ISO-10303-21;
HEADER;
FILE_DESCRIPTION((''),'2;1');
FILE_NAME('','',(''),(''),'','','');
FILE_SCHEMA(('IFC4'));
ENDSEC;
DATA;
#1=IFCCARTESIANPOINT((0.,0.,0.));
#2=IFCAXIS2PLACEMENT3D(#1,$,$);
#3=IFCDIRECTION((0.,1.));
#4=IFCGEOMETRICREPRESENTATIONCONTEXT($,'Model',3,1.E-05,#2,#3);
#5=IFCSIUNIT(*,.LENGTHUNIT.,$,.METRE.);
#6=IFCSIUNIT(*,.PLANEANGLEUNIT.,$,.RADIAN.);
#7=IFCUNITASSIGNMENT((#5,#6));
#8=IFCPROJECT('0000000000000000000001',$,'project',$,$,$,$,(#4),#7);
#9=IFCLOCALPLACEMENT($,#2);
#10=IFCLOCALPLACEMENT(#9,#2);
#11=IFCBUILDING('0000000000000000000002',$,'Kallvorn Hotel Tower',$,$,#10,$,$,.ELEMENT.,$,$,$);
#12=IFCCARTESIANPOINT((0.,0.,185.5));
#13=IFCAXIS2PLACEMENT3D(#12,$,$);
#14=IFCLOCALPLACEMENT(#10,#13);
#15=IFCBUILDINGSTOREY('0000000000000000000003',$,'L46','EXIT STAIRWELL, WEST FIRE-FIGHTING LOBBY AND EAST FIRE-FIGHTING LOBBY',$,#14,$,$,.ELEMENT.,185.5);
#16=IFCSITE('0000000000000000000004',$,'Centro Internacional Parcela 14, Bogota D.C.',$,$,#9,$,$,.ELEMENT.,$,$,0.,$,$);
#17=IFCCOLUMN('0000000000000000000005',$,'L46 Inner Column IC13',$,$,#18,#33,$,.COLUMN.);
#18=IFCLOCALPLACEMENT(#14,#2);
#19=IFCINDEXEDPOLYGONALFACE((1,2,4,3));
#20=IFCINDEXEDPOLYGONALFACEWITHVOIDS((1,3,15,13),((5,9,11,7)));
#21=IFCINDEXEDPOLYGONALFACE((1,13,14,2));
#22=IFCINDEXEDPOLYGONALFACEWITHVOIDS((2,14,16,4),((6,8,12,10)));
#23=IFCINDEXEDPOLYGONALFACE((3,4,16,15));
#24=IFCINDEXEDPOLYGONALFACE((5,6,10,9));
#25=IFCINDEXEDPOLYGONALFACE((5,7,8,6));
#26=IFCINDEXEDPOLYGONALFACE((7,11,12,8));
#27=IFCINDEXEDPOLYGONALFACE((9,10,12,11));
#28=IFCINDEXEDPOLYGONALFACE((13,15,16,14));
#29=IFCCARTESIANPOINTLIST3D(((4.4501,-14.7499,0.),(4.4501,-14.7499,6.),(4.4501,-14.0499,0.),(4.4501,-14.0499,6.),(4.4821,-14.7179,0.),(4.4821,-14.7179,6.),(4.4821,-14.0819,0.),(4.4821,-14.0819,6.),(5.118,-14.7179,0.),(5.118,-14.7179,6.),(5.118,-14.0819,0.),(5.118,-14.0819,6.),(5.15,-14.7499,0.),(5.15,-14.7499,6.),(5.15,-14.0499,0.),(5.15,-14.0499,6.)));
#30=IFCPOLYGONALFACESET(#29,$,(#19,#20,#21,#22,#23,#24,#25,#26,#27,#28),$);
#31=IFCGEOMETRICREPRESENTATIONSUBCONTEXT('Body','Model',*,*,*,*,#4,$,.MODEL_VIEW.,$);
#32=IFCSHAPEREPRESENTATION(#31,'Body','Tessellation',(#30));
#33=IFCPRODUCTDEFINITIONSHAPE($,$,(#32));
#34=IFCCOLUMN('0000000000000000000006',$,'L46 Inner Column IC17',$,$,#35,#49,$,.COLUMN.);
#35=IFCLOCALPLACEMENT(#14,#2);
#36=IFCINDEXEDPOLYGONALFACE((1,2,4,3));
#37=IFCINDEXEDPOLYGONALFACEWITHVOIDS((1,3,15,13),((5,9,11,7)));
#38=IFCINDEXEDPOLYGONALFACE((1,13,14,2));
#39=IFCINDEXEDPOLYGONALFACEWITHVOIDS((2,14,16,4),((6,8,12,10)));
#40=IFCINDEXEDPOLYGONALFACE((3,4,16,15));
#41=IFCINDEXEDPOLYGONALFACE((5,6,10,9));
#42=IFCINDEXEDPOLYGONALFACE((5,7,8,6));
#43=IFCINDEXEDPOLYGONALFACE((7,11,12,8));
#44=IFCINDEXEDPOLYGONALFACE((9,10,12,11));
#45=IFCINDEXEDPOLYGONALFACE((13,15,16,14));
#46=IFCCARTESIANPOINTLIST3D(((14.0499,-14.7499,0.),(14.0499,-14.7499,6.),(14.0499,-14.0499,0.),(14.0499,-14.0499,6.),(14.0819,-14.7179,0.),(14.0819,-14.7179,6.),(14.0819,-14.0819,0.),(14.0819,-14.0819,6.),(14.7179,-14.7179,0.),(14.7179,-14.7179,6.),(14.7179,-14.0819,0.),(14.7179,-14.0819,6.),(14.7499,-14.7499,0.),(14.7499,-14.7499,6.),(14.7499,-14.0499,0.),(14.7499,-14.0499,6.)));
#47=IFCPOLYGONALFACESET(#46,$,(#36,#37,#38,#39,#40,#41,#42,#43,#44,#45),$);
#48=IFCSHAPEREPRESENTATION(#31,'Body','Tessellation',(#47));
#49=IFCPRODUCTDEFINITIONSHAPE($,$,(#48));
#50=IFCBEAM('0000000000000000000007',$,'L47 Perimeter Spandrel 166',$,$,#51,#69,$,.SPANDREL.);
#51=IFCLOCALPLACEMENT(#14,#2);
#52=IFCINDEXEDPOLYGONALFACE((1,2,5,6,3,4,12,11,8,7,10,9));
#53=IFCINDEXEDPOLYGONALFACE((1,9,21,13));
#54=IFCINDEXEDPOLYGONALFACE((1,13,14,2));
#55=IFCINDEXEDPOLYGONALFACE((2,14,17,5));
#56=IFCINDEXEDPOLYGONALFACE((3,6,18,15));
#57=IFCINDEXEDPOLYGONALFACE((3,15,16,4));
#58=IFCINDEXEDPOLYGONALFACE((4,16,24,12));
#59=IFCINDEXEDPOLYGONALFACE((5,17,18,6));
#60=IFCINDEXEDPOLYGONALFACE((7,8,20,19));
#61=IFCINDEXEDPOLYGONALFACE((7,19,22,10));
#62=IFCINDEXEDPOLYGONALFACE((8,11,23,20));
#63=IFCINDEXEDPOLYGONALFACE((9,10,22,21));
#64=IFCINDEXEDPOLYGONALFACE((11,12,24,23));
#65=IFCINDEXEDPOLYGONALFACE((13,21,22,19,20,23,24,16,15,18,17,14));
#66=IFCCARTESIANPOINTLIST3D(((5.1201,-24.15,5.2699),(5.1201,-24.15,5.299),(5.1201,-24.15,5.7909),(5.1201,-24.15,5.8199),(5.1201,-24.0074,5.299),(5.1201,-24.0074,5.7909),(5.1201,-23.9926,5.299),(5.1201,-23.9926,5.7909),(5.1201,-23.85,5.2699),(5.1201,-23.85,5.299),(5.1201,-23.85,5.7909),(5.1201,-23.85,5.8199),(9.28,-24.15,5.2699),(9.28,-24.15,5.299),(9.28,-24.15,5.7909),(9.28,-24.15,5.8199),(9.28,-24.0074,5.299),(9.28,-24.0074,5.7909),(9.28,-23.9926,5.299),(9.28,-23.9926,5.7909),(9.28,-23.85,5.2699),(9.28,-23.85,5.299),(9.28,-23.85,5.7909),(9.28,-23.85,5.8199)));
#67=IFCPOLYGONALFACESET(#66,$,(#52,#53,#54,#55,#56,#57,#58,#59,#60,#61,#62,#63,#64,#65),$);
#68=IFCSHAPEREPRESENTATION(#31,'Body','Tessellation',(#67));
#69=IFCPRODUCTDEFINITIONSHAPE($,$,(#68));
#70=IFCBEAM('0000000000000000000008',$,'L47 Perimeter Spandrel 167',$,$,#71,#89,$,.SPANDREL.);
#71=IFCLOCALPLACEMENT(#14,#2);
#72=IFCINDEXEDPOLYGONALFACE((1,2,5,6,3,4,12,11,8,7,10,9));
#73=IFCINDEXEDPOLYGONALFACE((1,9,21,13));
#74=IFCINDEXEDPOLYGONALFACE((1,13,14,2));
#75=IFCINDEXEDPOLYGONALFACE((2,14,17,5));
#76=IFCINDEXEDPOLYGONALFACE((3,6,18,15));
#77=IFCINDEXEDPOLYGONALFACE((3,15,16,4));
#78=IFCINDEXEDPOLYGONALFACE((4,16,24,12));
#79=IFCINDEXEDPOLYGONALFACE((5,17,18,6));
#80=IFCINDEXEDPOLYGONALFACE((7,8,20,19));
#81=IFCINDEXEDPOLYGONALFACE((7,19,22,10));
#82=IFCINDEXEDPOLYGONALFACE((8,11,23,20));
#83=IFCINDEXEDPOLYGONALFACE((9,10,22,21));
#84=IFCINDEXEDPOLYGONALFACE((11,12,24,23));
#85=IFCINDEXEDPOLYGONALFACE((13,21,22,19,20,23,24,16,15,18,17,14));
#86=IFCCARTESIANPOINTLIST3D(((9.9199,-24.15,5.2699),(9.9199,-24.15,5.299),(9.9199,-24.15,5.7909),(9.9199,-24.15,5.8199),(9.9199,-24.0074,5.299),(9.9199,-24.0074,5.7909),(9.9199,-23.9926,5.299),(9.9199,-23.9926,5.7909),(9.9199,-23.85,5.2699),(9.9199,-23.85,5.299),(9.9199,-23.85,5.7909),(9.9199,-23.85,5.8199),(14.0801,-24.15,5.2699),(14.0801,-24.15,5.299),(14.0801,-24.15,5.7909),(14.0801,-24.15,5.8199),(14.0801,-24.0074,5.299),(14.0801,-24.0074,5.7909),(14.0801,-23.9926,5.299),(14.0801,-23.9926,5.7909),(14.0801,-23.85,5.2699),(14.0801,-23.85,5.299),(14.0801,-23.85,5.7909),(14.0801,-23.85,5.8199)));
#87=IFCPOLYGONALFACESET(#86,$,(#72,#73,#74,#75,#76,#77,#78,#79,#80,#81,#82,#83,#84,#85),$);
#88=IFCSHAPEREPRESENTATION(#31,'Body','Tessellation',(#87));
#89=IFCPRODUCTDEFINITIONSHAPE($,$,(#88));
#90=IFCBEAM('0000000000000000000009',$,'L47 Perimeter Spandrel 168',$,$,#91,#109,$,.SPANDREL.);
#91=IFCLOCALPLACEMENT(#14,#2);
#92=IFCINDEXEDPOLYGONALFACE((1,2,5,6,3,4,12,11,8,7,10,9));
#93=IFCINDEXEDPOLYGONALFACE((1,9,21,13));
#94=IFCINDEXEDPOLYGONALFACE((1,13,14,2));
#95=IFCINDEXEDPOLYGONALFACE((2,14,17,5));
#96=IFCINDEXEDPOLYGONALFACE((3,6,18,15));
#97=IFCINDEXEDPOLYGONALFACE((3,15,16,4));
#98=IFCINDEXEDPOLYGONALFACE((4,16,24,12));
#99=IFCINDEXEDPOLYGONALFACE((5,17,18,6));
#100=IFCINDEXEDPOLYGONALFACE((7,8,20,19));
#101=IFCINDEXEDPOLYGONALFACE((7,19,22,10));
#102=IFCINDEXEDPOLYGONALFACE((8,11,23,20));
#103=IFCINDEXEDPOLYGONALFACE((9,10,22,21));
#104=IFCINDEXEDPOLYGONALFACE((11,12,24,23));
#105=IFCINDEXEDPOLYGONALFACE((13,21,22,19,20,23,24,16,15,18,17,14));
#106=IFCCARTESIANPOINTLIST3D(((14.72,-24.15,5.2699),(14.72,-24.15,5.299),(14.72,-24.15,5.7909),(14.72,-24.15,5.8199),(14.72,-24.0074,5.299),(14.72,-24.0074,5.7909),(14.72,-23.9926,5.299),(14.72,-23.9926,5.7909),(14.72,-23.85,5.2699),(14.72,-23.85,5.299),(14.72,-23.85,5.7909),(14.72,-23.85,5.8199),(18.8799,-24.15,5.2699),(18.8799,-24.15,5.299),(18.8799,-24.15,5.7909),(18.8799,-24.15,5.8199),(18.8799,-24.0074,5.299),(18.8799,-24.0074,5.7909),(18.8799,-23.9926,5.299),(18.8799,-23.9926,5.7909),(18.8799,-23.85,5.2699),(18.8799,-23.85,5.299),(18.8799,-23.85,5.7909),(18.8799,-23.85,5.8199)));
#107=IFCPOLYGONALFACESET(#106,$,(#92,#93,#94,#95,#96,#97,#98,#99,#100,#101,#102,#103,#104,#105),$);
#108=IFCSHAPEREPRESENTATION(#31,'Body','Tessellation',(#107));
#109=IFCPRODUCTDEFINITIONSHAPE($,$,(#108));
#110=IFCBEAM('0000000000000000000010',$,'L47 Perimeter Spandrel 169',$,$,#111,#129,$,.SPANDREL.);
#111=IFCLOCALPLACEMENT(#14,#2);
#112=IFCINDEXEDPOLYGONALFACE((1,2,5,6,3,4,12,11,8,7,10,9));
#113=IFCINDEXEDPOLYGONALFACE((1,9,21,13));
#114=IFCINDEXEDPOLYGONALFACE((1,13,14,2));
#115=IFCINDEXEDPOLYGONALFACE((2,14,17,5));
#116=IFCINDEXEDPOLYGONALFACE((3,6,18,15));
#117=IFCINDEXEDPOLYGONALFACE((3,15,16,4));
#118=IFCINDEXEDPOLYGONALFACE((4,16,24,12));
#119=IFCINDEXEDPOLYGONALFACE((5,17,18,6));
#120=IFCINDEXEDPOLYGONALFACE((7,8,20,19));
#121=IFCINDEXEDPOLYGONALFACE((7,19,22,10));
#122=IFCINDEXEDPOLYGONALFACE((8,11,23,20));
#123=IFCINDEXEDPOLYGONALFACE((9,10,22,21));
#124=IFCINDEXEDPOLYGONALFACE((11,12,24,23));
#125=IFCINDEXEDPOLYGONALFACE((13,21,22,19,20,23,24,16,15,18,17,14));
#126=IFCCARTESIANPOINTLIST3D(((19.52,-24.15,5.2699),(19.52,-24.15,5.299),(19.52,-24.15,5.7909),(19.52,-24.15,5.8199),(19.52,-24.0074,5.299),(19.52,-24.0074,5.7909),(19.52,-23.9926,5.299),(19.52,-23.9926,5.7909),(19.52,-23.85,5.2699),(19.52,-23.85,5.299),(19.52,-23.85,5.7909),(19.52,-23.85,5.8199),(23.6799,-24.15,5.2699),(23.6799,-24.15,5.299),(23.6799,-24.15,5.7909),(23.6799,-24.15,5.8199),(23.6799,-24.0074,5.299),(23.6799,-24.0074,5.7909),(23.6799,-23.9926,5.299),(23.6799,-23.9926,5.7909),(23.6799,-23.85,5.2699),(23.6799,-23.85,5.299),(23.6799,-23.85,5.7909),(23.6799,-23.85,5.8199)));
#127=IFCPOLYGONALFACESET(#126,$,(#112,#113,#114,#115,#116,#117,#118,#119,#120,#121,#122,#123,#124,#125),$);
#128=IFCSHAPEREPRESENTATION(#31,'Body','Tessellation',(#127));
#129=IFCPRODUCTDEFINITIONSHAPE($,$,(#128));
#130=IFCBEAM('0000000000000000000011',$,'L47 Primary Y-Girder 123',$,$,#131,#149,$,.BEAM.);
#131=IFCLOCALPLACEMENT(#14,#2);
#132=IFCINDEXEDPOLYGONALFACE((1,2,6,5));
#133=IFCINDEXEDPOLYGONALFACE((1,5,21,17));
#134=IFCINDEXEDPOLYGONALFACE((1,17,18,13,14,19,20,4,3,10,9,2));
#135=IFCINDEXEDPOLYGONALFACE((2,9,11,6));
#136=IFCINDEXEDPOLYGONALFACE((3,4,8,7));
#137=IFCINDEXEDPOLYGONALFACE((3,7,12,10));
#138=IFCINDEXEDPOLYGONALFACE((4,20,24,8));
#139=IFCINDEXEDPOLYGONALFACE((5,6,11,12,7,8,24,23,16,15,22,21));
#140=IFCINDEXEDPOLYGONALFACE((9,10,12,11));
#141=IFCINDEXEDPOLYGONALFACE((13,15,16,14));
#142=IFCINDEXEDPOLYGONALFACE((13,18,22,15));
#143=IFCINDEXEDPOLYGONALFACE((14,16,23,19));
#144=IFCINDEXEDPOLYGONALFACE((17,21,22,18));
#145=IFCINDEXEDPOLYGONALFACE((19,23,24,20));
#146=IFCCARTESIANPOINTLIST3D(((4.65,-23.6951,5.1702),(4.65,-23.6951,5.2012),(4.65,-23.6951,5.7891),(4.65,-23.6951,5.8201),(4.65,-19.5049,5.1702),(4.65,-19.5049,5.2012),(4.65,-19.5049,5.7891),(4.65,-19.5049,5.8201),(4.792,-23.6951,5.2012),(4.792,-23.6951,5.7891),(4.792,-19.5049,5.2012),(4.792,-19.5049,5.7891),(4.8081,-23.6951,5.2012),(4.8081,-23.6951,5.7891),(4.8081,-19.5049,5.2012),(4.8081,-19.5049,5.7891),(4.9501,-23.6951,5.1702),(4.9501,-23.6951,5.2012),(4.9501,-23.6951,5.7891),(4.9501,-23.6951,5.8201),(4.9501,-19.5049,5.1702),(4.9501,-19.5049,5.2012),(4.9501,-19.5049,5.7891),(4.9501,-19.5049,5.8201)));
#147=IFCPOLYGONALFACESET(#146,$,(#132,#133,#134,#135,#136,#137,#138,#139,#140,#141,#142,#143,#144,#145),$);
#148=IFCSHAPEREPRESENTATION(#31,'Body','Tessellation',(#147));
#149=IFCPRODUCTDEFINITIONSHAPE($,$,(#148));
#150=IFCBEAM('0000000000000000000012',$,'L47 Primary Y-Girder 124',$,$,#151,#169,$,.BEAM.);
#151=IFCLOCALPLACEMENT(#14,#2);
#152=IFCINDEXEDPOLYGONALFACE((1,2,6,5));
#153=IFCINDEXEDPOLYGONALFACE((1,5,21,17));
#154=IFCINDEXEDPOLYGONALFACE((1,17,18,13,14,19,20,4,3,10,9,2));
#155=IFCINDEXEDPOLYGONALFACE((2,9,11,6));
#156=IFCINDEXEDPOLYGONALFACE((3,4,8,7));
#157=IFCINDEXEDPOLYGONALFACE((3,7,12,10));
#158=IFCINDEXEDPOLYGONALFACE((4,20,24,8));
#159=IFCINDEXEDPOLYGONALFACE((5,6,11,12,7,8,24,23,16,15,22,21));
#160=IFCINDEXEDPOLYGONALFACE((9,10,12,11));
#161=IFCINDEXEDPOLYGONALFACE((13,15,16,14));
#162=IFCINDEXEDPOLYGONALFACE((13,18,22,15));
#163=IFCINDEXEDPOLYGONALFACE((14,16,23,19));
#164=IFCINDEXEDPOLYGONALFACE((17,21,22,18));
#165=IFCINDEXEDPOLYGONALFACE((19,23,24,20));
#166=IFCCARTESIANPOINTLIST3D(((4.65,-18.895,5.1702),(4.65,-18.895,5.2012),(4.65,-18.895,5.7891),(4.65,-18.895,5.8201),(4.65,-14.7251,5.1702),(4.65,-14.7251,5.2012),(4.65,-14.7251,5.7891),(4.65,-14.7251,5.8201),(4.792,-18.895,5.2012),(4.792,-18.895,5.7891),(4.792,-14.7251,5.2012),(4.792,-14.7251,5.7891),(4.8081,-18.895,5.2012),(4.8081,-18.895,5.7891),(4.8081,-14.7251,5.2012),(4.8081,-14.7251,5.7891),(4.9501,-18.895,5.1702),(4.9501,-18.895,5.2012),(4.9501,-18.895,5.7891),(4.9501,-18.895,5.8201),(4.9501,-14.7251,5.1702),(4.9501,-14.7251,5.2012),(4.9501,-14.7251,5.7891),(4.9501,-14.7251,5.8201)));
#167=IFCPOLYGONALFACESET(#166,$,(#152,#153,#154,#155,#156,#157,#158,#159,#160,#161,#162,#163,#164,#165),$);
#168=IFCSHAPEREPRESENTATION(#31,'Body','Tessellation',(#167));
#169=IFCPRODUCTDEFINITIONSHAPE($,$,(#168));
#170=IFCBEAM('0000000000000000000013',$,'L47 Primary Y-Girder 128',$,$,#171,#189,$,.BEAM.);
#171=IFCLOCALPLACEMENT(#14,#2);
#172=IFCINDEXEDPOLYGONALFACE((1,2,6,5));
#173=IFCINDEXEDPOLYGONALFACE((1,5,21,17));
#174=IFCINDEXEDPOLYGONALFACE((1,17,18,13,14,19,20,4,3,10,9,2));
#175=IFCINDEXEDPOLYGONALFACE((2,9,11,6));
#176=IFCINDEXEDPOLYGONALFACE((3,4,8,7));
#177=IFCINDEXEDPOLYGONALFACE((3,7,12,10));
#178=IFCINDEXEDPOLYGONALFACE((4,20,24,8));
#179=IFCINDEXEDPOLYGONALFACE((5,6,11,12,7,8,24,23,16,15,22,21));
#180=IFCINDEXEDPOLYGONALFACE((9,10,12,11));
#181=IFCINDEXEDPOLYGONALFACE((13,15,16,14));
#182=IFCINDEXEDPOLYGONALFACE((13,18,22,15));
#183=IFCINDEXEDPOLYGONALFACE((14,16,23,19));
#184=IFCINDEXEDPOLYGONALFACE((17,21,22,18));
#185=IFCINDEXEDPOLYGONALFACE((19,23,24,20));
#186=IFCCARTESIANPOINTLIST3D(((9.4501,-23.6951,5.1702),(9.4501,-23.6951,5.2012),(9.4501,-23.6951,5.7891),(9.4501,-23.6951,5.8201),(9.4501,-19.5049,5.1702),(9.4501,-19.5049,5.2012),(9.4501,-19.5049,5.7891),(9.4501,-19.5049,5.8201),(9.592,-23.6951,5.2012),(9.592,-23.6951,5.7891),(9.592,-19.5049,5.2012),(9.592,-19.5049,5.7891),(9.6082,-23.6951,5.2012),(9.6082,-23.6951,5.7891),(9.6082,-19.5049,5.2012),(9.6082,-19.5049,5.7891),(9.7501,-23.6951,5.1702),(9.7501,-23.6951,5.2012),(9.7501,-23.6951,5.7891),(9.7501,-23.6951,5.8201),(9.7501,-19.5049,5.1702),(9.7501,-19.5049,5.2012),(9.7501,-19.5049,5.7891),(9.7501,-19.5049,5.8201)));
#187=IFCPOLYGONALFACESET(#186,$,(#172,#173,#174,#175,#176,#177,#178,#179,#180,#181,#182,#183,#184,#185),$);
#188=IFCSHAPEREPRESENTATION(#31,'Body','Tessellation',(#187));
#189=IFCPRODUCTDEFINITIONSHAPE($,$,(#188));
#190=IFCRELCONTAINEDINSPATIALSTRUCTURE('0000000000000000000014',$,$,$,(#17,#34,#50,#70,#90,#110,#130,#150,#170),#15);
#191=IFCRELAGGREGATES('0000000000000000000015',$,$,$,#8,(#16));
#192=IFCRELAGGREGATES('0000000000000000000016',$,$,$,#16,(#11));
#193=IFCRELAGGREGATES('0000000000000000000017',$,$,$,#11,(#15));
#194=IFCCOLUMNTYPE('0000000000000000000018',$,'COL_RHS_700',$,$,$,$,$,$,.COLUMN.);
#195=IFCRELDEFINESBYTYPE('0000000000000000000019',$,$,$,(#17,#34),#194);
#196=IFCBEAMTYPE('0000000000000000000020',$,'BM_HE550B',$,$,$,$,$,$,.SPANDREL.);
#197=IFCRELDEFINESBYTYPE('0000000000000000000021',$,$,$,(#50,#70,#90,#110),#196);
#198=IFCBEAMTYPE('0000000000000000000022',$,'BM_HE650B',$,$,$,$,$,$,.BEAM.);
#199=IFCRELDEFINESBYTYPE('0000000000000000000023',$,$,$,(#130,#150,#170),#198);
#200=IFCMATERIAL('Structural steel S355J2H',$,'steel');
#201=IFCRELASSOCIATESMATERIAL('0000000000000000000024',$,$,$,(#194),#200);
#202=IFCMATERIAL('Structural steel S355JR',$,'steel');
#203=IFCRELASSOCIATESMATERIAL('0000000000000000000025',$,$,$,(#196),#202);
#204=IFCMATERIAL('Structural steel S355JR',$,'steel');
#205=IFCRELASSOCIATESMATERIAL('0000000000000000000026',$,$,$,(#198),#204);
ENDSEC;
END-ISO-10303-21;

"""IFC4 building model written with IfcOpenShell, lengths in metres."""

from ifc_helpers import new_model, si_unit, direction, frame, origin, origin_2d, place, context, subcontext, project, spatial, hollow_rectangle, i_section, extrude, material, material_profile, profile_set, type_object, element, save


model = new_model("IFC4")

# Units and contexts
model_context = context("Model", 3, precision=1e-05, world=origin(), true_north=direction((0.0, 1.0)))
body_context = subcontext(model_context, "Body", "Model", "MODEL_VIEW")
ifc_project = project(units=[si_unit("LENGTHUNIT", "METRE"), si_unit("PLANEANGLEUNIT", "RADIAN")], contexts=[model_context])

# Site, building, storey
site_placement = place(None, origin())
site = spatial("IfcSite", under=ifc_project, at=site_placement, Name="Centro Internacional Parcela 14, Bogota D.C.", CompositionType="ELEMENT", RefElevation=0.0)
building_placement = place(site_placement, origin())
building = spatial("IfcBuilding", under=site, at=building_placement, Name="Kallvorn Hotel Tower", CompositionType="ELEMENT")
storey_placement = place(building_placement, frame((0.0, 0.0, 185.5)))
storey = spatial("IfcBuildingStorey", under=building, at=storey_placement, Name="L46", Description="EXIT STAIRWELL, WEST FIRE-FIGHTING LOBBY AND EAST FIRE-FIGHTING LOBBY", CompositionType="ELEMENT", Elevation=185.5)

# Columns
ifc_material_1 = material(Name="Structural steel S355J2H", Category="steel")
ifc_material_profile_1 = material_profile(ifc_material_1, hollow_rectangle(XDim=0.7, YDim=0.7, WallThickness=0.032, at=origin_2d()), Name="RHS 700x700x32")
ifc_profile_set_1 = profile_set([ifc_material_profile_1], Name="Structural steel S355J2H")
column_type_1 = type_object("IfcColumnType", Name="COL_RHS_700", PredefinedType="COLUMN", material=ifc_profile_set_1)
for number, where, z_axis, x_axis, name in (
    (1, (4.8, -14.3999, 0.0), (0.0, 0.0, 1.0), (1.0, 0.0, 0.0), "L46 Inner Column IC13"),
    (2, (14.3999, -14.3999, 0.0), (0.0, 0.0, 1.0), (1.0, 0.0, 0.0), "L46 Inner Column IC17"),
):
    element("IfcColumn", number, at=place(storey_placement, frame(where, z_axis=z_axis, x_axis=x_axis)), inside=storey, type_object=column_type_1, Name=name, PredefinedType="COLUMN", context=body_context, shape_type="SweptSolid", body=[
        extrude(hollow_rectangle(XDim=0.7, YDim=0.7, WallThickness=0.032, at=origin_2d()), origin(), (0.0, 0.0, 1.0), 6.0),
    ])

# Beams
ifc_material_2 = material(Name="Structural steel S355JR", Category="steel")
ifc_material_profile_2 = material_profile(ifc_material_2, i_section(OverallWidth=0.3, OverallDepth=0.55, WebThickness=0.0149, FlangeThickness=0.0291, at=origin_2d()), Name="HE 550 B")
ifc_profile_set_2 = profile_set([ifc_material_profile_2], Name="Structural steel S355JR")
beam_type_1 = type_object("IfcBeamType", Name="BM_HE550B", PredefinedType="SPANDREL", material=ifc_profile_set_2)
beam_1_placement = place(storey_placement, frame((5.1201, -24.0, 5.5449), z_axis=(1.0, 0.0, 0.0), x_axis=(0.0, 1.0, 0.0)))
element("IfcBeam", 3, at=beam_1_placement, inside=storey, type_object=beam_type_1, Name="L47 Perimeter Spandrel 166", PredefinedType="SPANDREL", context=body_context, shape_type="SweptSolid", body=[
    extrude(i_section(OverallWidth=0.3, OverallDepth=0.55, WebThickness=0.0149, FlangeThickness=0.0291, at=origin_2d()), origin(), (0.0, 0.0, 1.0), 4.1599),
])
beam_2_placement = place(storey_placement, frame((9.9199, -24.0, 5.5449), z_axis=(1.0, 0.0, 0.0), x_axis=(0.0, 1.0, 0.0)))
element("IfcBeam", 4, at=beam_2_placement, inside=storey, type_object=beam_type_1, Name="L47 Perimeter Spandrel 167", PredefinedType="SPANDREL", context=body_context, shape_type="SweptSolid", body=[
    extrude(i_section(OverallWidth=0.3, OverallDepth=0.55, WebThickness=0.0149, FlangeThickness=0.0291, at=origin_2d()), origin(), (0.0, 0.0, 1.0), 4.1602),
])
for number, where, z_axis, x_axis, name in (
    (5, (14.72, -24.0, 5.5449), (1.0, 0.0, 0.0), (0.0, 1.0, 0.0), "L47 Perimeter Spandrel 168"),
    (6, (19.52, -24.0, 5.5449), (1.0, 0.0, 0.0), (0.0, 1.0, 0.0), "L47 Perimeter Spandrel 169"),
):
    element("IfcBeam", number, at=place(storey_placement, frame(where, z_axis=z_axis, x_axis=x_axis)), inside=storey, type_object=beam_type_1, Name=name, PredefinedType="SPANDREL", context=body_context, shape_type="SweptSolid", body=[
        extrude(i_section(OverallWidth=0.3, OverallDepth=0.55, WebThickness=0.0149, FlangeThickness=0.0291, at=origin_2d()), origin(), (0.0, 0.0, 1.0), 4.1599),
    ])
ifc_material_3 = material(Name="Structural steel S355JR", Category="steel")
ifc_material_profile_3 = material_profile(ifc_material_3, i_section(OverallWidth=0.3, OverallDepth=0.6499, WebThickness=0.0161, FlangeThickness=0.031, at=origin_2d()), Name="HE 650 B")
ifc_profile_set_3 = profile_set([ifc_material_profile_3], Name="Structural steel S355JR")
beam_type_2 = type_object("IfcBeamType", Name="BM_HE650B", PredefinedType="BEAM", material=ifc_profile_set_3)
beam_3_placement = place(storey_placement, frame((4.8, -23.6951, 5.4951), z_axis=(0.0, 1.0, 0.0), x_axis=(-1.0, 0.0, 0.0)))
element("IfcBeam", 7, at=beam_3_placement, inside=storey, type_object=beam_type_2, Name="L47 Primary Y-Girder 123", PredefinedType="BEAM", context=body_context, shape_type="SweptSolid", body=[
    extrude(i_section(OverallWidth=0.3, OverallDepth=0.6499, WebThickness=0.0161, FlangeThickness=0.031, at=origin_2d()), origin(), (0.0, 0.0, 1.0), 4.1902),
])
beam_4_placement = place(storey_placement, frame((4.8, -18.895, 5.4951), z_axis=(0.0, 1.0, 0.0), x_axis=(-1.0, 0.0, 0.0)))
element("IfcBeam", 8, at=beam_4_placement, inside=storey, type_object=beam_type_2, Name="L47 Primary Y-Girder 124", PredefinedType="BEAM", context=body_context, shape_type="SweptSolid", body=[
    extrude(i_section(OverallWidth=0.3, OverallDepth=0.6499, WebThickness=0.0161, FlangeThickness=0.031, at=origin_2d()), origin(), (0.0, 0.0, 1.0), 4.1699),
])
for number, where, z_axis, x_axis, name in (
    (9, (9.6001, -23.6951, 5.4951), (0.0, 1.0, 0.0), (-1.0, 0.0, 0.0), "L47 Primary Y-Girder 128"),
):
    element("IfcBeam", number, at=place(storey_placement, frame(where, z_axis=z_axis, x_axis=x_axis)), inside=storey, type_object=beam_type_2, Name=name, PredefinedType="BEAM", context=body_context, shape_type="SweptSolid", body=[
        extrude(i_section(OverallWidth=0.3, OverallDepth=0.6499, WebThickness=0.0161, FlangeThickness=0.031, at=origin_2d()), origin(), (0.0, 0.0, 1.0), 4.1902),
    ])

save(model, "model.ifc")
